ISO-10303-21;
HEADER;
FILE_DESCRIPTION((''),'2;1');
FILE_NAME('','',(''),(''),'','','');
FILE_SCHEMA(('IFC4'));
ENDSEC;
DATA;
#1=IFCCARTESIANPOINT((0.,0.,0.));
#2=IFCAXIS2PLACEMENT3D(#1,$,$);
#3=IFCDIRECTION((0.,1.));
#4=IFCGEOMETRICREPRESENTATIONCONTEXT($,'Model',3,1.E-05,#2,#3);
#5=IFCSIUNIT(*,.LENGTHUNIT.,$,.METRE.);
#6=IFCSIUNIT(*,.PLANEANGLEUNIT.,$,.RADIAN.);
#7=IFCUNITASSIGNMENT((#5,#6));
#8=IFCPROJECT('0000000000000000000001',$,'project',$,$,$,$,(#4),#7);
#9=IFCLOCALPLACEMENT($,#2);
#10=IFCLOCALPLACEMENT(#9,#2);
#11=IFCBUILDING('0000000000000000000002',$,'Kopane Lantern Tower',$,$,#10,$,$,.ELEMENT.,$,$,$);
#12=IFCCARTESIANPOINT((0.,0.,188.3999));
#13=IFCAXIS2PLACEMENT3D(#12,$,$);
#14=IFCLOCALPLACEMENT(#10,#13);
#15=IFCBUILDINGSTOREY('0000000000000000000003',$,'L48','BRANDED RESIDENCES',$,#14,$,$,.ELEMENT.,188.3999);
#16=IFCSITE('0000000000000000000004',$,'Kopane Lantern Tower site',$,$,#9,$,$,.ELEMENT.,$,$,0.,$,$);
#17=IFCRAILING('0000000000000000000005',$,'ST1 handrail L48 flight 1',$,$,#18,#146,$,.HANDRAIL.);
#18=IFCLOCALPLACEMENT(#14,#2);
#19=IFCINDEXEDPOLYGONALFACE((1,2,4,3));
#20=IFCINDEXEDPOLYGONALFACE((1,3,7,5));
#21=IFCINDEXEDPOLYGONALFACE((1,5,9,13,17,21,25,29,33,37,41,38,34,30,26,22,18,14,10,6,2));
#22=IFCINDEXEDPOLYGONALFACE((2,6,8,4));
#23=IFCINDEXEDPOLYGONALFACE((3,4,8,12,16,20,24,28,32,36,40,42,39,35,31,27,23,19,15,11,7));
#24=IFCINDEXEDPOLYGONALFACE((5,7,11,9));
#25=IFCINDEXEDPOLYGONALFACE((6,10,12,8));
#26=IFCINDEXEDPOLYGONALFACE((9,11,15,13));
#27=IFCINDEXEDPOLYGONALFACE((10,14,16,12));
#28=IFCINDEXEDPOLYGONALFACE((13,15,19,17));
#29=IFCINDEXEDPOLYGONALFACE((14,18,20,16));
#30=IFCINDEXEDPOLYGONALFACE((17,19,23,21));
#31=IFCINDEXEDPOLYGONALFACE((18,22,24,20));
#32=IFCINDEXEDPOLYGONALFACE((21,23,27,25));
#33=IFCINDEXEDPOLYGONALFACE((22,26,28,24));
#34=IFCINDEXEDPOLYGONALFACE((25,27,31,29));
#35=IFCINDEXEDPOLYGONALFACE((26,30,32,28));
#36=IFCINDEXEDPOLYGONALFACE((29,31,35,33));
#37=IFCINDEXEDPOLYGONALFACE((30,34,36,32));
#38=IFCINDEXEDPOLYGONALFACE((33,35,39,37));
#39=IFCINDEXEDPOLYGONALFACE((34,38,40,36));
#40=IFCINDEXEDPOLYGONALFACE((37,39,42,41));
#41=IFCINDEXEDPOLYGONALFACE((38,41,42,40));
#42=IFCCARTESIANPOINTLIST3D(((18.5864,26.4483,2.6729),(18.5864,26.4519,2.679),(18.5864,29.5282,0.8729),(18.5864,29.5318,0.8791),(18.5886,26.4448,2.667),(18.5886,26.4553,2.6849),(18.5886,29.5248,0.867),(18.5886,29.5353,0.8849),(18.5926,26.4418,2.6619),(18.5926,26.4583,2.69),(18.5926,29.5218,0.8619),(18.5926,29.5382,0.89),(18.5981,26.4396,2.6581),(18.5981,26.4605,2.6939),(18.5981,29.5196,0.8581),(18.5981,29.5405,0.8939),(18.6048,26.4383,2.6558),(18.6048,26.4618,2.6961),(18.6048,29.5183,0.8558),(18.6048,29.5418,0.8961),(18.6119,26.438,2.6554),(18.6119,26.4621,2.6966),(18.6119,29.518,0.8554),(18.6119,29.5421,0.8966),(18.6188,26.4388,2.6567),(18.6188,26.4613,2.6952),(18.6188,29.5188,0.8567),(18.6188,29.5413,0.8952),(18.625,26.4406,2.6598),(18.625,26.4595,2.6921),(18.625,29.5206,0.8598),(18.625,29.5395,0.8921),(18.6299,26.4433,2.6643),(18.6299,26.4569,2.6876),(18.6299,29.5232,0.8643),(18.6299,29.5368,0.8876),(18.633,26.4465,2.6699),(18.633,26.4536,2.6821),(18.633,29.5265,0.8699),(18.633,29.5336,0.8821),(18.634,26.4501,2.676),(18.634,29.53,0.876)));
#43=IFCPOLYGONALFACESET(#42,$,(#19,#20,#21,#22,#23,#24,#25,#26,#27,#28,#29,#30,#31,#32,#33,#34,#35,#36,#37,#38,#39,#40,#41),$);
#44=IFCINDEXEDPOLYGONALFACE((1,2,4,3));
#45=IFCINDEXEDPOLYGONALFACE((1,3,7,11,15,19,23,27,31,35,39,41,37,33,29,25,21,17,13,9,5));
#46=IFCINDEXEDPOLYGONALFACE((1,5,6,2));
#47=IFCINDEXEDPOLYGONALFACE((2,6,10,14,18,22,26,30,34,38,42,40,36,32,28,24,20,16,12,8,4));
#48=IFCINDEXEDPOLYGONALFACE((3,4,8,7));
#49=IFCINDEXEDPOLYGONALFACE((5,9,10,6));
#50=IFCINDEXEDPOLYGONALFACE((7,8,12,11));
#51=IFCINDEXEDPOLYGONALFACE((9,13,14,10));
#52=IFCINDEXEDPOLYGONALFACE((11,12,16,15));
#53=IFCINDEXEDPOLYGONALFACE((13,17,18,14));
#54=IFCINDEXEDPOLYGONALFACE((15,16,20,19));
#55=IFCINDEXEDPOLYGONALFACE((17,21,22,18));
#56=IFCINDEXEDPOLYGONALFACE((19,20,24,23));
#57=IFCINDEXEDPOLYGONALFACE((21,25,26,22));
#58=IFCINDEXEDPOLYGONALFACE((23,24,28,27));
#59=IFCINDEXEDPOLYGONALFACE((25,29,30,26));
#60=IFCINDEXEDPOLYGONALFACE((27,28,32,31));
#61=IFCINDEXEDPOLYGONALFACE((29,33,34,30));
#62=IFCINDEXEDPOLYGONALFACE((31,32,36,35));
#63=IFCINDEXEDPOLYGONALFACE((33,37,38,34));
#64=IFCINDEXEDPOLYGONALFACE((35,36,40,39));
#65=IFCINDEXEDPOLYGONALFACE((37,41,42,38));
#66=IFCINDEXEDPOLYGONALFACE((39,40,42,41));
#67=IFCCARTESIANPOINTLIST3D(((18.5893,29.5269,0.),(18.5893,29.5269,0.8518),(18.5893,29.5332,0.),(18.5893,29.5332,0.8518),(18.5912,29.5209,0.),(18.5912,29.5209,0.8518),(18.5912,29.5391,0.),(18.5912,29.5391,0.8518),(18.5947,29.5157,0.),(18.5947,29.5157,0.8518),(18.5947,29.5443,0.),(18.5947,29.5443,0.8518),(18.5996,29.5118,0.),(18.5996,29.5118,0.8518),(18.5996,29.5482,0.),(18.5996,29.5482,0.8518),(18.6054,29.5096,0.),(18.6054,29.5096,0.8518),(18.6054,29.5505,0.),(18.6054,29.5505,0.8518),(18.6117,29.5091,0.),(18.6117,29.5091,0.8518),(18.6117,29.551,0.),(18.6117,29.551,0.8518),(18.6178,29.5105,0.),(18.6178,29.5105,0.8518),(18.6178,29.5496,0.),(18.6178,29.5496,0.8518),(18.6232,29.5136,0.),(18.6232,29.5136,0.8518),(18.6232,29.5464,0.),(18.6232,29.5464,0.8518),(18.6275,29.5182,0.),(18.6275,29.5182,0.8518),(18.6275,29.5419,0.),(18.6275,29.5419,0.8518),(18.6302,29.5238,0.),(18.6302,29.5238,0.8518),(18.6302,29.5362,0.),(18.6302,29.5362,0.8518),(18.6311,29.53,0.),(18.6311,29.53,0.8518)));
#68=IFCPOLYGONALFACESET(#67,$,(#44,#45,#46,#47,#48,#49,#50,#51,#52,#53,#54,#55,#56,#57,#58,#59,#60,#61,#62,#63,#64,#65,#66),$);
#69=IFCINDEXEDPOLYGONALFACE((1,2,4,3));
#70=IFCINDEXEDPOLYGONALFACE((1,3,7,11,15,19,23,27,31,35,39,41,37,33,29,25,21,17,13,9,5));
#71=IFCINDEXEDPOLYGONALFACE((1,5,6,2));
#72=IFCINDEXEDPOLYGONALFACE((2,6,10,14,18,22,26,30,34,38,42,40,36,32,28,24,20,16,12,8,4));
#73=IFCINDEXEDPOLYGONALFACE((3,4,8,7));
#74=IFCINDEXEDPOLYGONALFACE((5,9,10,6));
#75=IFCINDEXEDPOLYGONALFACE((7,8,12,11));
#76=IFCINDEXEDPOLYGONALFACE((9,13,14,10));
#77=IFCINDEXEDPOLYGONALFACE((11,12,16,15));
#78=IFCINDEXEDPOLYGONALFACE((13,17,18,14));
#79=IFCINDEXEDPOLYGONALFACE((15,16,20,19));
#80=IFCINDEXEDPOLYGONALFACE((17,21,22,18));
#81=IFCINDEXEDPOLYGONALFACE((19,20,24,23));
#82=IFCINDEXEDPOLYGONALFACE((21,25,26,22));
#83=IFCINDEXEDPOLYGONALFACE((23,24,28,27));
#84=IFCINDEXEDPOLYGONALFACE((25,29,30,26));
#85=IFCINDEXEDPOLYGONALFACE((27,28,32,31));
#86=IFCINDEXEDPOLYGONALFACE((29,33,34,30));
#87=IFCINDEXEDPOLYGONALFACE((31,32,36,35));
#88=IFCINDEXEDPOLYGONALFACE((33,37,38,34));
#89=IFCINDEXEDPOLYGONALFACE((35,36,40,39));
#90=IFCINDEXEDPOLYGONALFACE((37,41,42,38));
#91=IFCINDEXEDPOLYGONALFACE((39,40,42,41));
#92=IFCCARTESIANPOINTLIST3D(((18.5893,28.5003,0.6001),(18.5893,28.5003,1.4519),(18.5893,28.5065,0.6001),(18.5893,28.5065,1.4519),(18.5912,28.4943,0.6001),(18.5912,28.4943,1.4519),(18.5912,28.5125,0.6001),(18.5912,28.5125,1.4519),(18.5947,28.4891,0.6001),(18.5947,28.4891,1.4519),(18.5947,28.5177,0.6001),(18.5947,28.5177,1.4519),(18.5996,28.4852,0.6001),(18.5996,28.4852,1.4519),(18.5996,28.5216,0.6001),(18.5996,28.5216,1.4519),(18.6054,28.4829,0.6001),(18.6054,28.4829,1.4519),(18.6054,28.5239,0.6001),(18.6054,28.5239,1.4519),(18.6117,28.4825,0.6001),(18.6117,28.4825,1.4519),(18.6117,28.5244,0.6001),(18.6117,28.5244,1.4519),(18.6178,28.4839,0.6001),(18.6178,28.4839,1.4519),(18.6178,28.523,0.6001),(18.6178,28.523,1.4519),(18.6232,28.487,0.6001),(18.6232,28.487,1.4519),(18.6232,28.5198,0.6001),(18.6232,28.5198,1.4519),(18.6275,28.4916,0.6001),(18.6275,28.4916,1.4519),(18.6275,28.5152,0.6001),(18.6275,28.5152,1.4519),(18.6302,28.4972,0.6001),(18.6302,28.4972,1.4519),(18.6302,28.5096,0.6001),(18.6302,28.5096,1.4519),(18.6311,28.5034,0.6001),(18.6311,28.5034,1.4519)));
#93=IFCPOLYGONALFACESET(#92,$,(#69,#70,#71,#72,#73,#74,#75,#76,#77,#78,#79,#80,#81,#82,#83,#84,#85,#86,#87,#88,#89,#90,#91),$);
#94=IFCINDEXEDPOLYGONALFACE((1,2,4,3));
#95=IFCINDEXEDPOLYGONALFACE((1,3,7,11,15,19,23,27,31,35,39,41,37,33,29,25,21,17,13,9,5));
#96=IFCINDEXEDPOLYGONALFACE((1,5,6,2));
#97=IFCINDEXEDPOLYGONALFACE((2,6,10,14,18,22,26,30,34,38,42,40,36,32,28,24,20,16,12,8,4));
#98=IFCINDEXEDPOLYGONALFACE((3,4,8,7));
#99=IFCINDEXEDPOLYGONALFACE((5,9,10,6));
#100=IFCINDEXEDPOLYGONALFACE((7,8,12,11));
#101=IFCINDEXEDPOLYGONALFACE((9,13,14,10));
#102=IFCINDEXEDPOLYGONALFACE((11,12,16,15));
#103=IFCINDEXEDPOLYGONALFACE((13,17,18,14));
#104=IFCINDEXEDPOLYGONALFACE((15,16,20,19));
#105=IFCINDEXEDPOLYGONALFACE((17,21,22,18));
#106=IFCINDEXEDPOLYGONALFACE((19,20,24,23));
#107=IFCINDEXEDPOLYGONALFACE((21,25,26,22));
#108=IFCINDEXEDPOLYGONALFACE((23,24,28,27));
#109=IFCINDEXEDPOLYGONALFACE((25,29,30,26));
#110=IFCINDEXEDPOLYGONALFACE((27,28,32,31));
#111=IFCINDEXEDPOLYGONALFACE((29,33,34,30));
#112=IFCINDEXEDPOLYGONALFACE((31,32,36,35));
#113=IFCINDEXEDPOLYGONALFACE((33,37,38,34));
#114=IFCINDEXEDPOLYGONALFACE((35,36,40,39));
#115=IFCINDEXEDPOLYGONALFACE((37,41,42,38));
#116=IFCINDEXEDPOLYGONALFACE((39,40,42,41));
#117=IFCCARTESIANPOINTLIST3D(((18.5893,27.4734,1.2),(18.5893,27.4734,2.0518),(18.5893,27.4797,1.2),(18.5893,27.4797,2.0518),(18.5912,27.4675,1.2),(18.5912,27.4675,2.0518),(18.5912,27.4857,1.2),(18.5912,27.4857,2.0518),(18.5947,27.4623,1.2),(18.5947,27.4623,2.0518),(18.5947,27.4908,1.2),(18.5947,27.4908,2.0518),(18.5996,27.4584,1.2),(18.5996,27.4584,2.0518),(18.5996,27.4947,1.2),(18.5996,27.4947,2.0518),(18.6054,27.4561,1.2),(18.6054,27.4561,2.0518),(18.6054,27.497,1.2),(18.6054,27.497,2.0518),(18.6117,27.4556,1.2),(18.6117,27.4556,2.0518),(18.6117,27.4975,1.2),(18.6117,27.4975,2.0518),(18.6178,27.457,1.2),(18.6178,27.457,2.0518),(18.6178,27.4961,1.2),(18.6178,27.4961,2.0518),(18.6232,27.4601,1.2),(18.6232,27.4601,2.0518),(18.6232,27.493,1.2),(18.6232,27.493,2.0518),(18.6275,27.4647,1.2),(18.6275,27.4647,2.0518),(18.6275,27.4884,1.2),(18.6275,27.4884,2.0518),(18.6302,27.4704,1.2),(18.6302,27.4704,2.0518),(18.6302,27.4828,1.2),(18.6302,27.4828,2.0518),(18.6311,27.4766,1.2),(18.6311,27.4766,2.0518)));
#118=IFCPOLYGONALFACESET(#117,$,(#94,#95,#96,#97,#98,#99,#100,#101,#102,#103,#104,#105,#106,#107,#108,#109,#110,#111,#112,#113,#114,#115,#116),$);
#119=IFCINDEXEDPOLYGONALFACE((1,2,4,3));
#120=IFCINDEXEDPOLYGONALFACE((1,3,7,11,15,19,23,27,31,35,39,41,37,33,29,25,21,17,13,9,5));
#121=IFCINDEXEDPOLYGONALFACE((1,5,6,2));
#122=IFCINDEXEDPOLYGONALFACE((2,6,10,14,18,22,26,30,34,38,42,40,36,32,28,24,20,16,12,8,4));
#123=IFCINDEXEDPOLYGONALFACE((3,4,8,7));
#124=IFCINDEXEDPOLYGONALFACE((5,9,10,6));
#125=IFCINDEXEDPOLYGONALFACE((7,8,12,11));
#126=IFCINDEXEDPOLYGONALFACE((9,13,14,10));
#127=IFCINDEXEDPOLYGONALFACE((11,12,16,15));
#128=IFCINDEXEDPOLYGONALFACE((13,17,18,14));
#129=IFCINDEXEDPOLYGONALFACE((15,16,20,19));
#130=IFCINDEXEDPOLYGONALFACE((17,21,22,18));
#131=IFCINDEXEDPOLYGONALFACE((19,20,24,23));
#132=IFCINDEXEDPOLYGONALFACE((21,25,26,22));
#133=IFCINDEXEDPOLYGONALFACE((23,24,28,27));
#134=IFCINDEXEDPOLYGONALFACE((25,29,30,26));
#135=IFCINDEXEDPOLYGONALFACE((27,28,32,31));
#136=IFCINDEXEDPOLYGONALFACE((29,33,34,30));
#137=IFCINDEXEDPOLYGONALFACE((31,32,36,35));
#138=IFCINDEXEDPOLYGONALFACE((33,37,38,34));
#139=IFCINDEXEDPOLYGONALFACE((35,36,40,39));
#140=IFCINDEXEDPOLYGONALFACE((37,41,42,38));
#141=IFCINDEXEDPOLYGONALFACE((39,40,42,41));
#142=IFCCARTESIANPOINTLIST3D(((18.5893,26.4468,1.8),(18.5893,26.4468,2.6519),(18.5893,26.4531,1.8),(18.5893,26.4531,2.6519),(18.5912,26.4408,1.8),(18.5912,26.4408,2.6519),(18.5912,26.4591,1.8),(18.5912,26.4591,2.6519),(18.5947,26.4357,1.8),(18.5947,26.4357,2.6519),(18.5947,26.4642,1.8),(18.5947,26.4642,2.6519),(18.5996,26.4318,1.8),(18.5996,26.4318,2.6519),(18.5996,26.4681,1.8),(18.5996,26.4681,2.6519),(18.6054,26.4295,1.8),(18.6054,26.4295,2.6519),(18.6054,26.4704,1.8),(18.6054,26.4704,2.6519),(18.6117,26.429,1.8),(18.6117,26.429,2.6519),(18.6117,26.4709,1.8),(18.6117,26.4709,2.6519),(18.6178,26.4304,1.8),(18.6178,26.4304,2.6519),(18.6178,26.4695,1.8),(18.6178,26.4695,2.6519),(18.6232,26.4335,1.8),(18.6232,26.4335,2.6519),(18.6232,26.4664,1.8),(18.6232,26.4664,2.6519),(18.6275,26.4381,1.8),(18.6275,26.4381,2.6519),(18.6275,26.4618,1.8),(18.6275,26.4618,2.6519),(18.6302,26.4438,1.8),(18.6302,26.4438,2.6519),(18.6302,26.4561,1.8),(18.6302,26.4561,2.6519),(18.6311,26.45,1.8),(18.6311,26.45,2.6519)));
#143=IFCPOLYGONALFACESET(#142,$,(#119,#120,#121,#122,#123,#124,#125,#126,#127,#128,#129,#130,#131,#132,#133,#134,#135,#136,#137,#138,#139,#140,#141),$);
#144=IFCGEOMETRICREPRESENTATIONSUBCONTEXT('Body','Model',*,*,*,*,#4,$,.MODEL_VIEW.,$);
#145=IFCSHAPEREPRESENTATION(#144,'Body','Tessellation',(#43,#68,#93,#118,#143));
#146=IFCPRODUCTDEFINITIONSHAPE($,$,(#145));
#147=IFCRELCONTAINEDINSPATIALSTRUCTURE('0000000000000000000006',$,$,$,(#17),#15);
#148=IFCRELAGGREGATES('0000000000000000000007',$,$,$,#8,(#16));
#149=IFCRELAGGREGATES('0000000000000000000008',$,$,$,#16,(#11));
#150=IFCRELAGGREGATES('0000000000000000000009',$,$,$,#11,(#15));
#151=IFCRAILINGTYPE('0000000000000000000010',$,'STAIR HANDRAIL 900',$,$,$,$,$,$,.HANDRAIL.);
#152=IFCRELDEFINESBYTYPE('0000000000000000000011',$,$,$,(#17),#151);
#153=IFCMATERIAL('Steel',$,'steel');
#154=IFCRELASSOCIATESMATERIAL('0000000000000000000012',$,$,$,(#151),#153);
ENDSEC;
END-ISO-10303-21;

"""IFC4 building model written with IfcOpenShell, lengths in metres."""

from ifc_helpers import new_model, si_unit, direction, frame, origin, origin_2d, place, context, subcontext, project, spatial, circle, extrude, material, type_object, element, save


model = new_model("IFC4")

# Units and contexts
model_context = context("Model", 3, precision=1e-05, world=origin(), true_north=direction((0.0, 1.0)))
body_context = subcontext(model_context, "Body", "Model", "MODEL_VIEW")
ifc_project = project(units=[si_unit("LENGTHUNIT", "METRE"), si_unit("PLANEANGLEUNIT", "RADIAN")], contexts=[model_context])

# Site, building, storey
site_placement = place(None, origin())
site = spatial("IfcSite", under=ifc_project, at=site_placement, Name="Kopane Lantern Tower site", CompositionType="ELEMENT", RefElevation=0.0)
building_placement = place(site_placement, origin())
building = spatial("IfcBuilding", under=site, at=building_placement, Name="Kopane Lantern Tower", CompositionType="ELEMENT")
storey_placement = place(building_placement, frame((0.0, 0.0, 188.3999)))
storey = spatial("IfcBuildingStorey", under=building, at=storey_placement, Name="L48", Description="BRANDED RESIDENCES", CompositionType="ELEMENT", Elevation=188.3999)

# Railing
ifc_material_1 = material(Name="Steel", Category="steel")
railing_type_1 = type_object("IfcRailingType", Name="STAIR HANDRAIL 900", PredefinedType="HANDRAIL", material=ifc_material_1)
for number, where, name in (
    (1, (18.6101, 29.53, 0.0), "ST1 handrail L48 flight 1"),
):
    element("IfcRailing", number, at=place(storey_placement, frame(where)), inside=storey, type_object=railing_type_1, Name=name, PredefinedType="HANDRAIL", context=body_context, shape_type="SweptSolid", body=[
        extrude(circle(Radius=0.0239, at=origin_2d()), frame((0.0, 0.0, 0.876), z_axis=(0.0, -0.863372, 0.504569), x_axis=(1.0, 0.0, 0.0)), (0.0, 0.0, 1.0), 3.5674),
        extrude(circle(Radius=0.021, at=origin_2d()), origin(), (0.0, 0.0, 1.0), 0.8518),
        extrude(circle(Radius=0.021, at=origin_2d()), frame((0.0, -1.0266, 0.6001)), (0.0, 0.0, 1.0), 0.8518),
        extrude(circle(Radius=0.021, at=origin_2d()), frame((0.0, -2.0535, 1.2)), (0.0, 0.0, 1.0), 0.8518),
        extrude(circle(Radius=0.021, at=origin_2d()), frame((0.0, -3.0801, 1.8)), (0.0, 0.0, 1.0), 0.8518),
    ])

save(model, "model.ifc")
